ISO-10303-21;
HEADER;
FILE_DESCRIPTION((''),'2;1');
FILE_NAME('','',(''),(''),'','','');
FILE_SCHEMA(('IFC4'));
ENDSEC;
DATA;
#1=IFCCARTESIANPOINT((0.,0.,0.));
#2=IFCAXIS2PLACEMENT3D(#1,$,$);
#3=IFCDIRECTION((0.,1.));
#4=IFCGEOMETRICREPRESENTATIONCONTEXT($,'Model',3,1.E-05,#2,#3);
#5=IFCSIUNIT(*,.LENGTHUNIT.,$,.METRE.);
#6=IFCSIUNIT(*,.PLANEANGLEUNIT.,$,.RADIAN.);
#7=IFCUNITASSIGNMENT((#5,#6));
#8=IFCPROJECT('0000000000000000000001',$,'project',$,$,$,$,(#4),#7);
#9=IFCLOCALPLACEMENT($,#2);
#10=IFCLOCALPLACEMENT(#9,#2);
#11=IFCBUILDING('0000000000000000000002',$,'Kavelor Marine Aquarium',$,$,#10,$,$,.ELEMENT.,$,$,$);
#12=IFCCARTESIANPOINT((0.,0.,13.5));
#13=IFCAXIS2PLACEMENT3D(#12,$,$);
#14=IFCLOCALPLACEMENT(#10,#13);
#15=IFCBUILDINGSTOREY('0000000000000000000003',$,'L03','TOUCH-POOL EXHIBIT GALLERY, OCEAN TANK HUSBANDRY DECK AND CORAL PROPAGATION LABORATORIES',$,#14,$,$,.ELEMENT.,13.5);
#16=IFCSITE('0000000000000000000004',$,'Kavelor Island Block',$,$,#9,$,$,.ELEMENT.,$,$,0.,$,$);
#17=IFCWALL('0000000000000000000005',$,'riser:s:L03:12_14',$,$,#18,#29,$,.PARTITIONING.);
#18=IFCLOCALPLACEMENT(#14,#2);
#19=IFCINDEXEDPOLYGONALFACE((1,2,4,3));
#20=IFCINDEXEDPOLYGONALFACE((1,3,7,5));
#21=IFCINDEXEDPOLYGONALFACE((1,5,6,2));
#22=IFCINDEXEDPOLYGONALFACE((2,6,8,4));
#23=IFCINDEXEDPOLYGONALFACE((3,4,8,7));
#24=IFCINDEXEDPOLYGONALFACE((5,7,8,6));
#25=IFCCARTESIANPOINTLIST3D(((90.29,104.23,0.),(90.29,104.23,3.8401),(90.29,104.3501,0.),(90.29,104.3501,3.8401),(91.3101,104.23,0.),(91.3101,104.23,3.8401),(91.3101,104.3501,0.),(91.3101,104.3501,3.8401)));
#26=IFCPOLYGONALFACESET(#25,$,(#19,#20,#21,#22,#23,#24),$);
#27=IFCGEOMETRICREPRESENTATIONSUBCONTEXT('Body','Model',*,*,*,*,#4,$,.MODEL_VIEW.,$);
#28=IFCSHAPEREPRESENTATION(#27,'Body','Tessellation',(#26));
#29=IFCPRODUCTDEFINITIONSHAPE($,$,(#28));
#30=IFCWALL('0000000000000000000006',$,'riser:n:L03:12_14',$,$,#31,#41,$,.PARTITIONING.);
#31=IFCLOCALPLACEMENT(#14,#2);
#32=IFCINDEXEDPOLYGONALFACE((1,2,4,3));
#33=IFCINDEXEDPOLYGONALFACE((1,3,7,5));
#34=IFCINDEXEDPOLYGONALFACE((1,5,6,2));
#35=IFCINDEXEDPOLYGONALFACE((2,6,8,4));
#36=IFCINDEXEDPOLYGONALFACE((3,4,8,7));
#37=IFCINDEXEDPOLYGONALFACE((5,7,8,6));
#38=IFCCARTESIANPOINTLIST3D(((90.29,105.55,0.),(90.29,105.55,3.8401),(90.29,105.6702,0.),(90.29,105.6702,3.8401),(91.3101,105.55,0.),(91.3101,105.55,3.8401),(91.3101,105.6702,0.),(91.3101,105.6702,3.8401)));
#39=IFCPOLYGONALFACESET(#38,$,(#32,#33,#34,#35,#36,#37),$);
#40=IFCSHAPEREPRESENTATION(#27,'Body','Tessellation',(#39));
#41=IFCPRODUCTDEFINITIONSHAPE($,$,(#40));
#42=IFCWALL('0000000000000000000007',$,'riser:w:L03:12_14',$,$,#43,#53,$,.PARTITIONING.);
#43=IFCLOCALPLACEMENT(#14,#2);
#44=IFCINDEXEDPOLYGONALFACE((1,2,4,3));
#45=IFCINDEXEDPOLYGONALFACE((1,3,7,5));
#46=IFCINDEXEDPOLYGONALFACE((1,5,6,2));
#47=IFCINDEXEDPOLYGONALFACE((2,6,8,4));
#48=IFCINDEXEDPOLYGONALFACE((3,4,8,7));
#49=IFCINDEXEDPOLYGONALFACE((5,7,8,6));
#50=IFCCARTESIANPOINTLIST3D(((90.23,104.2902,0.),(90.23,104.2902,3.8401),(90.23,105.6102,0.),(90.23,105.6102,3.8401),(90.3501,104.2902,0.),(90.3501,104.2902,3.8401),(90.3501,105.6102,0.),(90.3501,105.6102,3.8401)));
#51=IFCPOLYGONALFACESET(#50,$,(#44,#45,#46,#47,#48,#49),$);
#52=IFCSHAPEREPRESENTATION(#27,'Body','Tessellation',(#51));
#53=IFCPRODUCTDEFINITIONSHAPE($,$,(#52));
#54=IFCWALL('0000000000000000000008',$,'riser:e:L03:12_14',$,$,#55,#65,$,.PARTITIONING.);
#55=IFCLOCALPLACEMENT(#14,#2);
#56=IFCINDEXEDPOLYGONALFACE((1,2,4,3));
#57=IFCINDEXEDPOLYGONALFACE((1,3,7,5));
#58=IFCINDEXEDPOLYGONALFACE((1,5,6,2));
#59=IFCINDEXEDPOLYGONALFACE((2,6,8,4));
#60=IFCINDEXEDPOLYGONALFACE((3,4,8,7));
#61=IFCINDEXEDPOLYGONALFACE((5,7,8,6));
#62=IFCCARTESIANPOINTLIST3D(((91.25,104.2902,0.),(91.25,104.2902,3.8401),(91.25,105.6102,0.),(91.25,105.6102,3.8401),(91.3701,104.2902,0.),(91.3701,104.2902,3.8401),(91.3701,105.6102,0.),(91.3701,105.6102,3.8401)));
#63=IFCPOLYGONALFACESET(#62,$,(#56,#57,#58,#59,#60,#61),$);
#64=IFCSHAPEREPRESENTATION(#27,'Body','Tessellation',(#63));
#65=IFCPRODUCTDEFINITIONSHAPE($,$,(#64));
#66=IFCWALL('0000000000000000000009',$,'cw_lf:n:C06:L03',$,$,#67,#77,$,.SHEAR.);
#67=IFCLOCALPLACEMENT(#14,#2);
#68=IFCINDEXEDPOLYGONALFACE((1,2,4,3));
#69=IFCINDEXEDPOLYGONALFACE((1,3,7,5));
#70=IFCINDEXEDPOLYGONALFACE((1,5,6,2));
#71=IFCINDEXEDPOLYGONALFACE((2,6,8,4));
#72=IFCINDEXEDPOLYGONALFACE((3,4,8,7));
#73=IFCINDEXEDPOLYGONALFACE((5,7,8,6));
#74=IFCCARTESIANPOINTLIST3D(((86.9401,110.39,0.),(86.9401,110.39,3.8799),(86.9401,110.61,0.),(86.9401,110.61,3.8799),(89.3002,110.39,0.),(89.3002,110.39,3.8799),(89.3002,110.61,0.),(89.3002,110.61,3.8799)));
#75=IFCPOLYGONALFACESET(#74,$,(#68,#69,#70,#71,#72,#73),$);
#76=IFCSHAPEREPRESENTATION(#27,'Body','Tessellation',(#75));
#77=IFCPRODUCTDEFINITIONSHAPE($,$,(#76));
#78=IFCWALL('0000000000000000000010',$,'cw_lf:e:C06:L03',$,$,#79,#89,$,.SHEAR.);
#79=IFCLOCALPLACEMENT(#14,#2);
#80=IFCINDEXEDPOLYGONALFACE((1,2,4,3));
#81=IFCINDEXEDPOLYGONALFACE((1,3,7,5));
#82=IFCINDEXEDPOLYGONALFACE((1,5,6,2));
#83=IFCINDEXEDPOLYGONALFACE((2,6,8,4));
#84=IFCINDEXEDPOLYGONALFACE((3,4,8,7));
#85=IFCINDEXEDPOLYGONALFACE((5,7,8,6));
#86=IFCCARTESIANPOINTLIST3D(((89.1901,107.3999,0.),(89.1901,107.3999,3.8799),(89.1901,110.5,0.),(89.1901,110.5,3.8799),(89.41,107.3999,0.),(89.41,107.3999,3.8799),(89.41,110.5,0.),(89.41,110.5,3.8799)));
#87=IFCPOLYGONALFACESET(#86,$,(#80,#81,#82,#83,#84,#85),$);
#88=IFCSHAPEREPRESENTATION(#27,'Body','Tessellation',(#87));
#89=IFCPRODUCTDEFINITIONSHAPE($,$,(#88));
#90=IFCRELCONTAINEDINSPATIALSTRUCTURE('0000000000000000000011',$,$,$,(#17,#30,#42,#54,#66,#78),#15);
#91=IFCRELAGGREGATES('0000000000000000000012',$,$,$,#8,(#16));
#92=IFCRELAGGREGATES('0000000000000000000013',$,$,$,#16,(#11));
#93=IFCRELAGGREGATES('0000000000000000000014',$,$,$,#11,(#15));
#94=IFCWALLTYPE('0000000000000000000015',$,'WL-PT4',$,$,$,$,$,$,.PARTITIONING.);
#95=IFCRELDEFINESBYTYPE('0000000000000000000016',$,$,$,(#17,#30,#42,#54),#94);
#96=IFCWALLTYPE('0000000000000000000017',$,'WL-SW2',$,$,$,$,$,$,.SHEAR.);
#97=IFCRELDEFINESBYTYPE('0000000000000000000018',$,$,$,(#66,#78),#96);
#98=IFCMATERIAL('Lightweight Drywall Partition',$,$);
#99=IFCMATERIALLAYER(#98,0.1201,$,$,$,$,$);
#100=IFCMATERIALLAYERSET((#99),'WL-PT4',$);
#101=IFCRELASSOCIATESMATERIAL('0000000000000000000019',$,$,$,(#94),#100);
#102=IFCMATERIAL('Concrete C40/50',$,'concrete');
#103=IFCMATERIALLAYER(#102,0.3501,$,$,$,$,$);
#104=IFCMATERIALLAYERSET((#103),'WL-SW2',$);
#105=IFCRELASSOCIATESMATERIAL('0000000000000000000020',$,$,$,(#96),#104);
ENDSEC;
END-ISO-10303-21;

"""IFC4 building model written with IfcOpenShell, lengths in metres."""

from ifc_helpers import new_model, si_unit, direction, frame, frame_2d, origin, place, context, subcontext, project, spatial, rectangle, extrude, material, layer, layer_set, type_object, element, save


model = new_model("IFC4")

# Units and contexts
model_context = context("Model", 3, precision=1e-05, world=origin(), true_north=direction((0.0, 1.0)))
body_context = subcontext(model_context, "Body", "Model", "MODEL_VIEW")
ifc_project = project(units=[si_unit("LENGTHUNIT", "METRE"), si_unit("PLANEANGLEUNIT", "RADIAN")], contexts=[model_context])

# Site, building, storey
site_placement = place(None, origin())
site = spatial("IfcSite", under=ifc_project, at=site_placement, Name="Kavelor Island Block", CompositionType="ELEMENT", RefElevation=0.0)
building_placement = place(site_placement, origin())
building = spatial("IfcBuilding", under=site, at=building_placement, Name="Kavelor Marine Aquarium", CompositionType="ELEMENT")
storey_placement = place(building_placement, frame((0.0, 0.0, 13.5)))
storey = spatial("IfcBuildingStorey", under=building, at=storey_placement, Name="L03", Description="TOUCH-POOL EXHIBIT GALLERY, OCEAN TANK HUSBANDRY DECK AND CORAL PROPAGATION LABORATORIES", CompositionType="ELEMENT", Elevation=13.5)

# Walls
ifc_material_1 = material(Name="Lightweight Drywall Partition")
ifc_layer_1 = layer(ifc_material_1, 0.1201)
ifc_layer_set_1 = layer_set([ifc_layer_1], Name="WL-PT4")
wall_type_1 = type_object("IfcWallType", Name="WL-PT4", PredefinedType="PARTITIONING", material=ifc_layer_set_1)
for number, where, z_axis, x_axis, name in (
    (1, (90.29, 104.29, 0.0), (0.0, 0.0, 1.0), (1.0, 0.0, 0.0), "riser:s:L03:12_14"),
    (2, (90.29, 105.6101, 0.0), (0.0, 0.0, 1.0), (1.0, 0.0, 0.0), "riser:n:L03:12_14"),
):
    element("IfcWall", number, at=place(storey_placement, frame(where, z_axis=z_axis, x_axis=x_axis)), inside=storey, type_object=wall_type_1, Name=name, PredefinedType="PARTITIONING", context=body_context, shape_type="SweptSolid", body=[
        extrude(rectangle(XDim=1.02, YDim=0.1201, at=frame_2d((0.51, 0.0))), origin(), (0.0, 0.0, 1.0), 3.8401),
    ])
for number, where, z_axis, x_axis, name in (
    (3, (90.29, 104.29, 0.0), (0.0, 0.0, 1.0), (0.0, 1.0, 0.0), "riser:w:L03:12_14"),
    (4, (91.3101, 104.29, 0.0), (0.0, 0.0, 1.0), (0.0, 1.0, 0.0), "riser:e:L03:12_14"),
):
    element("IfcWall", number, at=place(storey_placement, frame(where, z_axis=z_axis, x_axis=x_axis)), inside=storey, type_object=wall_type_1, Name=name, PredefinedType="PARTITIONING", context=body_context, shape_type="SweptSolid", body=[
        extrude(rectangle(XDim=1.3201, YDim=0.1201, at=frame_2d((0.6602, 0.0))), origin(), (0.0, 0.0, 1.0), 3.8401),
    ])

# Shared definitions
ifc_material_2 = material(Name="Concrete C40/50", Category="concrete")
ifc_layer_2 = layer(ifc_material_2, 0.3501)
ifc_layer_set_2 = layer_set([ifc_layer_2], Name="WL-SW2")
wall_type_2 = type_object("IfcWallType", Name="WL-SW2", PredefinedType="SHEAR", material=ifc_layer_set_2)

# Walls
wall_1_placement = place(storey_placement, frame((86.9399, 110.5, 0.0), z_axis=(0.0, 0.0, 1.0), x_axis=(1.0, 0.0, 0.0)))
element("IfcWall", 5, at=wall_1_placement, inside=storey, type_object=wall_type_2, Name="cw_lf:n:C06:L03", PredefinedType="SHEAR", context=body_context, shape_type="SweptSolid", body=[
    extrude(rectangle(XDim=2.3601, YDim=0.22, at=frame_2d((1.1802, 0.0))), origin(), (0.0, 0.0, 1.0), 3.8799),
])
wall_2_placement = place(storey_placement, frame((89.3, 107.3999, 0.0), z_axis=(0.0, 0.0, 1.0), x_axis=(0.0, 1.0, 0.0)))
element("IfcWall", 6, at=wall_2_placement, inside=storey, type_object=wall_type_2, Name="cw_lf:e:C06:L03", PredefinedType="SHEAR", context=body_context, shape_type="SweptSolid", body=[
    extrude(rectangle(XDim=3.1001, YDim=0.22, at=frame_2d((1.55, 0.0))), origin(), (0.0, 0.0, 1.0), 3.8799),
])

save(model, "model.ifc")
